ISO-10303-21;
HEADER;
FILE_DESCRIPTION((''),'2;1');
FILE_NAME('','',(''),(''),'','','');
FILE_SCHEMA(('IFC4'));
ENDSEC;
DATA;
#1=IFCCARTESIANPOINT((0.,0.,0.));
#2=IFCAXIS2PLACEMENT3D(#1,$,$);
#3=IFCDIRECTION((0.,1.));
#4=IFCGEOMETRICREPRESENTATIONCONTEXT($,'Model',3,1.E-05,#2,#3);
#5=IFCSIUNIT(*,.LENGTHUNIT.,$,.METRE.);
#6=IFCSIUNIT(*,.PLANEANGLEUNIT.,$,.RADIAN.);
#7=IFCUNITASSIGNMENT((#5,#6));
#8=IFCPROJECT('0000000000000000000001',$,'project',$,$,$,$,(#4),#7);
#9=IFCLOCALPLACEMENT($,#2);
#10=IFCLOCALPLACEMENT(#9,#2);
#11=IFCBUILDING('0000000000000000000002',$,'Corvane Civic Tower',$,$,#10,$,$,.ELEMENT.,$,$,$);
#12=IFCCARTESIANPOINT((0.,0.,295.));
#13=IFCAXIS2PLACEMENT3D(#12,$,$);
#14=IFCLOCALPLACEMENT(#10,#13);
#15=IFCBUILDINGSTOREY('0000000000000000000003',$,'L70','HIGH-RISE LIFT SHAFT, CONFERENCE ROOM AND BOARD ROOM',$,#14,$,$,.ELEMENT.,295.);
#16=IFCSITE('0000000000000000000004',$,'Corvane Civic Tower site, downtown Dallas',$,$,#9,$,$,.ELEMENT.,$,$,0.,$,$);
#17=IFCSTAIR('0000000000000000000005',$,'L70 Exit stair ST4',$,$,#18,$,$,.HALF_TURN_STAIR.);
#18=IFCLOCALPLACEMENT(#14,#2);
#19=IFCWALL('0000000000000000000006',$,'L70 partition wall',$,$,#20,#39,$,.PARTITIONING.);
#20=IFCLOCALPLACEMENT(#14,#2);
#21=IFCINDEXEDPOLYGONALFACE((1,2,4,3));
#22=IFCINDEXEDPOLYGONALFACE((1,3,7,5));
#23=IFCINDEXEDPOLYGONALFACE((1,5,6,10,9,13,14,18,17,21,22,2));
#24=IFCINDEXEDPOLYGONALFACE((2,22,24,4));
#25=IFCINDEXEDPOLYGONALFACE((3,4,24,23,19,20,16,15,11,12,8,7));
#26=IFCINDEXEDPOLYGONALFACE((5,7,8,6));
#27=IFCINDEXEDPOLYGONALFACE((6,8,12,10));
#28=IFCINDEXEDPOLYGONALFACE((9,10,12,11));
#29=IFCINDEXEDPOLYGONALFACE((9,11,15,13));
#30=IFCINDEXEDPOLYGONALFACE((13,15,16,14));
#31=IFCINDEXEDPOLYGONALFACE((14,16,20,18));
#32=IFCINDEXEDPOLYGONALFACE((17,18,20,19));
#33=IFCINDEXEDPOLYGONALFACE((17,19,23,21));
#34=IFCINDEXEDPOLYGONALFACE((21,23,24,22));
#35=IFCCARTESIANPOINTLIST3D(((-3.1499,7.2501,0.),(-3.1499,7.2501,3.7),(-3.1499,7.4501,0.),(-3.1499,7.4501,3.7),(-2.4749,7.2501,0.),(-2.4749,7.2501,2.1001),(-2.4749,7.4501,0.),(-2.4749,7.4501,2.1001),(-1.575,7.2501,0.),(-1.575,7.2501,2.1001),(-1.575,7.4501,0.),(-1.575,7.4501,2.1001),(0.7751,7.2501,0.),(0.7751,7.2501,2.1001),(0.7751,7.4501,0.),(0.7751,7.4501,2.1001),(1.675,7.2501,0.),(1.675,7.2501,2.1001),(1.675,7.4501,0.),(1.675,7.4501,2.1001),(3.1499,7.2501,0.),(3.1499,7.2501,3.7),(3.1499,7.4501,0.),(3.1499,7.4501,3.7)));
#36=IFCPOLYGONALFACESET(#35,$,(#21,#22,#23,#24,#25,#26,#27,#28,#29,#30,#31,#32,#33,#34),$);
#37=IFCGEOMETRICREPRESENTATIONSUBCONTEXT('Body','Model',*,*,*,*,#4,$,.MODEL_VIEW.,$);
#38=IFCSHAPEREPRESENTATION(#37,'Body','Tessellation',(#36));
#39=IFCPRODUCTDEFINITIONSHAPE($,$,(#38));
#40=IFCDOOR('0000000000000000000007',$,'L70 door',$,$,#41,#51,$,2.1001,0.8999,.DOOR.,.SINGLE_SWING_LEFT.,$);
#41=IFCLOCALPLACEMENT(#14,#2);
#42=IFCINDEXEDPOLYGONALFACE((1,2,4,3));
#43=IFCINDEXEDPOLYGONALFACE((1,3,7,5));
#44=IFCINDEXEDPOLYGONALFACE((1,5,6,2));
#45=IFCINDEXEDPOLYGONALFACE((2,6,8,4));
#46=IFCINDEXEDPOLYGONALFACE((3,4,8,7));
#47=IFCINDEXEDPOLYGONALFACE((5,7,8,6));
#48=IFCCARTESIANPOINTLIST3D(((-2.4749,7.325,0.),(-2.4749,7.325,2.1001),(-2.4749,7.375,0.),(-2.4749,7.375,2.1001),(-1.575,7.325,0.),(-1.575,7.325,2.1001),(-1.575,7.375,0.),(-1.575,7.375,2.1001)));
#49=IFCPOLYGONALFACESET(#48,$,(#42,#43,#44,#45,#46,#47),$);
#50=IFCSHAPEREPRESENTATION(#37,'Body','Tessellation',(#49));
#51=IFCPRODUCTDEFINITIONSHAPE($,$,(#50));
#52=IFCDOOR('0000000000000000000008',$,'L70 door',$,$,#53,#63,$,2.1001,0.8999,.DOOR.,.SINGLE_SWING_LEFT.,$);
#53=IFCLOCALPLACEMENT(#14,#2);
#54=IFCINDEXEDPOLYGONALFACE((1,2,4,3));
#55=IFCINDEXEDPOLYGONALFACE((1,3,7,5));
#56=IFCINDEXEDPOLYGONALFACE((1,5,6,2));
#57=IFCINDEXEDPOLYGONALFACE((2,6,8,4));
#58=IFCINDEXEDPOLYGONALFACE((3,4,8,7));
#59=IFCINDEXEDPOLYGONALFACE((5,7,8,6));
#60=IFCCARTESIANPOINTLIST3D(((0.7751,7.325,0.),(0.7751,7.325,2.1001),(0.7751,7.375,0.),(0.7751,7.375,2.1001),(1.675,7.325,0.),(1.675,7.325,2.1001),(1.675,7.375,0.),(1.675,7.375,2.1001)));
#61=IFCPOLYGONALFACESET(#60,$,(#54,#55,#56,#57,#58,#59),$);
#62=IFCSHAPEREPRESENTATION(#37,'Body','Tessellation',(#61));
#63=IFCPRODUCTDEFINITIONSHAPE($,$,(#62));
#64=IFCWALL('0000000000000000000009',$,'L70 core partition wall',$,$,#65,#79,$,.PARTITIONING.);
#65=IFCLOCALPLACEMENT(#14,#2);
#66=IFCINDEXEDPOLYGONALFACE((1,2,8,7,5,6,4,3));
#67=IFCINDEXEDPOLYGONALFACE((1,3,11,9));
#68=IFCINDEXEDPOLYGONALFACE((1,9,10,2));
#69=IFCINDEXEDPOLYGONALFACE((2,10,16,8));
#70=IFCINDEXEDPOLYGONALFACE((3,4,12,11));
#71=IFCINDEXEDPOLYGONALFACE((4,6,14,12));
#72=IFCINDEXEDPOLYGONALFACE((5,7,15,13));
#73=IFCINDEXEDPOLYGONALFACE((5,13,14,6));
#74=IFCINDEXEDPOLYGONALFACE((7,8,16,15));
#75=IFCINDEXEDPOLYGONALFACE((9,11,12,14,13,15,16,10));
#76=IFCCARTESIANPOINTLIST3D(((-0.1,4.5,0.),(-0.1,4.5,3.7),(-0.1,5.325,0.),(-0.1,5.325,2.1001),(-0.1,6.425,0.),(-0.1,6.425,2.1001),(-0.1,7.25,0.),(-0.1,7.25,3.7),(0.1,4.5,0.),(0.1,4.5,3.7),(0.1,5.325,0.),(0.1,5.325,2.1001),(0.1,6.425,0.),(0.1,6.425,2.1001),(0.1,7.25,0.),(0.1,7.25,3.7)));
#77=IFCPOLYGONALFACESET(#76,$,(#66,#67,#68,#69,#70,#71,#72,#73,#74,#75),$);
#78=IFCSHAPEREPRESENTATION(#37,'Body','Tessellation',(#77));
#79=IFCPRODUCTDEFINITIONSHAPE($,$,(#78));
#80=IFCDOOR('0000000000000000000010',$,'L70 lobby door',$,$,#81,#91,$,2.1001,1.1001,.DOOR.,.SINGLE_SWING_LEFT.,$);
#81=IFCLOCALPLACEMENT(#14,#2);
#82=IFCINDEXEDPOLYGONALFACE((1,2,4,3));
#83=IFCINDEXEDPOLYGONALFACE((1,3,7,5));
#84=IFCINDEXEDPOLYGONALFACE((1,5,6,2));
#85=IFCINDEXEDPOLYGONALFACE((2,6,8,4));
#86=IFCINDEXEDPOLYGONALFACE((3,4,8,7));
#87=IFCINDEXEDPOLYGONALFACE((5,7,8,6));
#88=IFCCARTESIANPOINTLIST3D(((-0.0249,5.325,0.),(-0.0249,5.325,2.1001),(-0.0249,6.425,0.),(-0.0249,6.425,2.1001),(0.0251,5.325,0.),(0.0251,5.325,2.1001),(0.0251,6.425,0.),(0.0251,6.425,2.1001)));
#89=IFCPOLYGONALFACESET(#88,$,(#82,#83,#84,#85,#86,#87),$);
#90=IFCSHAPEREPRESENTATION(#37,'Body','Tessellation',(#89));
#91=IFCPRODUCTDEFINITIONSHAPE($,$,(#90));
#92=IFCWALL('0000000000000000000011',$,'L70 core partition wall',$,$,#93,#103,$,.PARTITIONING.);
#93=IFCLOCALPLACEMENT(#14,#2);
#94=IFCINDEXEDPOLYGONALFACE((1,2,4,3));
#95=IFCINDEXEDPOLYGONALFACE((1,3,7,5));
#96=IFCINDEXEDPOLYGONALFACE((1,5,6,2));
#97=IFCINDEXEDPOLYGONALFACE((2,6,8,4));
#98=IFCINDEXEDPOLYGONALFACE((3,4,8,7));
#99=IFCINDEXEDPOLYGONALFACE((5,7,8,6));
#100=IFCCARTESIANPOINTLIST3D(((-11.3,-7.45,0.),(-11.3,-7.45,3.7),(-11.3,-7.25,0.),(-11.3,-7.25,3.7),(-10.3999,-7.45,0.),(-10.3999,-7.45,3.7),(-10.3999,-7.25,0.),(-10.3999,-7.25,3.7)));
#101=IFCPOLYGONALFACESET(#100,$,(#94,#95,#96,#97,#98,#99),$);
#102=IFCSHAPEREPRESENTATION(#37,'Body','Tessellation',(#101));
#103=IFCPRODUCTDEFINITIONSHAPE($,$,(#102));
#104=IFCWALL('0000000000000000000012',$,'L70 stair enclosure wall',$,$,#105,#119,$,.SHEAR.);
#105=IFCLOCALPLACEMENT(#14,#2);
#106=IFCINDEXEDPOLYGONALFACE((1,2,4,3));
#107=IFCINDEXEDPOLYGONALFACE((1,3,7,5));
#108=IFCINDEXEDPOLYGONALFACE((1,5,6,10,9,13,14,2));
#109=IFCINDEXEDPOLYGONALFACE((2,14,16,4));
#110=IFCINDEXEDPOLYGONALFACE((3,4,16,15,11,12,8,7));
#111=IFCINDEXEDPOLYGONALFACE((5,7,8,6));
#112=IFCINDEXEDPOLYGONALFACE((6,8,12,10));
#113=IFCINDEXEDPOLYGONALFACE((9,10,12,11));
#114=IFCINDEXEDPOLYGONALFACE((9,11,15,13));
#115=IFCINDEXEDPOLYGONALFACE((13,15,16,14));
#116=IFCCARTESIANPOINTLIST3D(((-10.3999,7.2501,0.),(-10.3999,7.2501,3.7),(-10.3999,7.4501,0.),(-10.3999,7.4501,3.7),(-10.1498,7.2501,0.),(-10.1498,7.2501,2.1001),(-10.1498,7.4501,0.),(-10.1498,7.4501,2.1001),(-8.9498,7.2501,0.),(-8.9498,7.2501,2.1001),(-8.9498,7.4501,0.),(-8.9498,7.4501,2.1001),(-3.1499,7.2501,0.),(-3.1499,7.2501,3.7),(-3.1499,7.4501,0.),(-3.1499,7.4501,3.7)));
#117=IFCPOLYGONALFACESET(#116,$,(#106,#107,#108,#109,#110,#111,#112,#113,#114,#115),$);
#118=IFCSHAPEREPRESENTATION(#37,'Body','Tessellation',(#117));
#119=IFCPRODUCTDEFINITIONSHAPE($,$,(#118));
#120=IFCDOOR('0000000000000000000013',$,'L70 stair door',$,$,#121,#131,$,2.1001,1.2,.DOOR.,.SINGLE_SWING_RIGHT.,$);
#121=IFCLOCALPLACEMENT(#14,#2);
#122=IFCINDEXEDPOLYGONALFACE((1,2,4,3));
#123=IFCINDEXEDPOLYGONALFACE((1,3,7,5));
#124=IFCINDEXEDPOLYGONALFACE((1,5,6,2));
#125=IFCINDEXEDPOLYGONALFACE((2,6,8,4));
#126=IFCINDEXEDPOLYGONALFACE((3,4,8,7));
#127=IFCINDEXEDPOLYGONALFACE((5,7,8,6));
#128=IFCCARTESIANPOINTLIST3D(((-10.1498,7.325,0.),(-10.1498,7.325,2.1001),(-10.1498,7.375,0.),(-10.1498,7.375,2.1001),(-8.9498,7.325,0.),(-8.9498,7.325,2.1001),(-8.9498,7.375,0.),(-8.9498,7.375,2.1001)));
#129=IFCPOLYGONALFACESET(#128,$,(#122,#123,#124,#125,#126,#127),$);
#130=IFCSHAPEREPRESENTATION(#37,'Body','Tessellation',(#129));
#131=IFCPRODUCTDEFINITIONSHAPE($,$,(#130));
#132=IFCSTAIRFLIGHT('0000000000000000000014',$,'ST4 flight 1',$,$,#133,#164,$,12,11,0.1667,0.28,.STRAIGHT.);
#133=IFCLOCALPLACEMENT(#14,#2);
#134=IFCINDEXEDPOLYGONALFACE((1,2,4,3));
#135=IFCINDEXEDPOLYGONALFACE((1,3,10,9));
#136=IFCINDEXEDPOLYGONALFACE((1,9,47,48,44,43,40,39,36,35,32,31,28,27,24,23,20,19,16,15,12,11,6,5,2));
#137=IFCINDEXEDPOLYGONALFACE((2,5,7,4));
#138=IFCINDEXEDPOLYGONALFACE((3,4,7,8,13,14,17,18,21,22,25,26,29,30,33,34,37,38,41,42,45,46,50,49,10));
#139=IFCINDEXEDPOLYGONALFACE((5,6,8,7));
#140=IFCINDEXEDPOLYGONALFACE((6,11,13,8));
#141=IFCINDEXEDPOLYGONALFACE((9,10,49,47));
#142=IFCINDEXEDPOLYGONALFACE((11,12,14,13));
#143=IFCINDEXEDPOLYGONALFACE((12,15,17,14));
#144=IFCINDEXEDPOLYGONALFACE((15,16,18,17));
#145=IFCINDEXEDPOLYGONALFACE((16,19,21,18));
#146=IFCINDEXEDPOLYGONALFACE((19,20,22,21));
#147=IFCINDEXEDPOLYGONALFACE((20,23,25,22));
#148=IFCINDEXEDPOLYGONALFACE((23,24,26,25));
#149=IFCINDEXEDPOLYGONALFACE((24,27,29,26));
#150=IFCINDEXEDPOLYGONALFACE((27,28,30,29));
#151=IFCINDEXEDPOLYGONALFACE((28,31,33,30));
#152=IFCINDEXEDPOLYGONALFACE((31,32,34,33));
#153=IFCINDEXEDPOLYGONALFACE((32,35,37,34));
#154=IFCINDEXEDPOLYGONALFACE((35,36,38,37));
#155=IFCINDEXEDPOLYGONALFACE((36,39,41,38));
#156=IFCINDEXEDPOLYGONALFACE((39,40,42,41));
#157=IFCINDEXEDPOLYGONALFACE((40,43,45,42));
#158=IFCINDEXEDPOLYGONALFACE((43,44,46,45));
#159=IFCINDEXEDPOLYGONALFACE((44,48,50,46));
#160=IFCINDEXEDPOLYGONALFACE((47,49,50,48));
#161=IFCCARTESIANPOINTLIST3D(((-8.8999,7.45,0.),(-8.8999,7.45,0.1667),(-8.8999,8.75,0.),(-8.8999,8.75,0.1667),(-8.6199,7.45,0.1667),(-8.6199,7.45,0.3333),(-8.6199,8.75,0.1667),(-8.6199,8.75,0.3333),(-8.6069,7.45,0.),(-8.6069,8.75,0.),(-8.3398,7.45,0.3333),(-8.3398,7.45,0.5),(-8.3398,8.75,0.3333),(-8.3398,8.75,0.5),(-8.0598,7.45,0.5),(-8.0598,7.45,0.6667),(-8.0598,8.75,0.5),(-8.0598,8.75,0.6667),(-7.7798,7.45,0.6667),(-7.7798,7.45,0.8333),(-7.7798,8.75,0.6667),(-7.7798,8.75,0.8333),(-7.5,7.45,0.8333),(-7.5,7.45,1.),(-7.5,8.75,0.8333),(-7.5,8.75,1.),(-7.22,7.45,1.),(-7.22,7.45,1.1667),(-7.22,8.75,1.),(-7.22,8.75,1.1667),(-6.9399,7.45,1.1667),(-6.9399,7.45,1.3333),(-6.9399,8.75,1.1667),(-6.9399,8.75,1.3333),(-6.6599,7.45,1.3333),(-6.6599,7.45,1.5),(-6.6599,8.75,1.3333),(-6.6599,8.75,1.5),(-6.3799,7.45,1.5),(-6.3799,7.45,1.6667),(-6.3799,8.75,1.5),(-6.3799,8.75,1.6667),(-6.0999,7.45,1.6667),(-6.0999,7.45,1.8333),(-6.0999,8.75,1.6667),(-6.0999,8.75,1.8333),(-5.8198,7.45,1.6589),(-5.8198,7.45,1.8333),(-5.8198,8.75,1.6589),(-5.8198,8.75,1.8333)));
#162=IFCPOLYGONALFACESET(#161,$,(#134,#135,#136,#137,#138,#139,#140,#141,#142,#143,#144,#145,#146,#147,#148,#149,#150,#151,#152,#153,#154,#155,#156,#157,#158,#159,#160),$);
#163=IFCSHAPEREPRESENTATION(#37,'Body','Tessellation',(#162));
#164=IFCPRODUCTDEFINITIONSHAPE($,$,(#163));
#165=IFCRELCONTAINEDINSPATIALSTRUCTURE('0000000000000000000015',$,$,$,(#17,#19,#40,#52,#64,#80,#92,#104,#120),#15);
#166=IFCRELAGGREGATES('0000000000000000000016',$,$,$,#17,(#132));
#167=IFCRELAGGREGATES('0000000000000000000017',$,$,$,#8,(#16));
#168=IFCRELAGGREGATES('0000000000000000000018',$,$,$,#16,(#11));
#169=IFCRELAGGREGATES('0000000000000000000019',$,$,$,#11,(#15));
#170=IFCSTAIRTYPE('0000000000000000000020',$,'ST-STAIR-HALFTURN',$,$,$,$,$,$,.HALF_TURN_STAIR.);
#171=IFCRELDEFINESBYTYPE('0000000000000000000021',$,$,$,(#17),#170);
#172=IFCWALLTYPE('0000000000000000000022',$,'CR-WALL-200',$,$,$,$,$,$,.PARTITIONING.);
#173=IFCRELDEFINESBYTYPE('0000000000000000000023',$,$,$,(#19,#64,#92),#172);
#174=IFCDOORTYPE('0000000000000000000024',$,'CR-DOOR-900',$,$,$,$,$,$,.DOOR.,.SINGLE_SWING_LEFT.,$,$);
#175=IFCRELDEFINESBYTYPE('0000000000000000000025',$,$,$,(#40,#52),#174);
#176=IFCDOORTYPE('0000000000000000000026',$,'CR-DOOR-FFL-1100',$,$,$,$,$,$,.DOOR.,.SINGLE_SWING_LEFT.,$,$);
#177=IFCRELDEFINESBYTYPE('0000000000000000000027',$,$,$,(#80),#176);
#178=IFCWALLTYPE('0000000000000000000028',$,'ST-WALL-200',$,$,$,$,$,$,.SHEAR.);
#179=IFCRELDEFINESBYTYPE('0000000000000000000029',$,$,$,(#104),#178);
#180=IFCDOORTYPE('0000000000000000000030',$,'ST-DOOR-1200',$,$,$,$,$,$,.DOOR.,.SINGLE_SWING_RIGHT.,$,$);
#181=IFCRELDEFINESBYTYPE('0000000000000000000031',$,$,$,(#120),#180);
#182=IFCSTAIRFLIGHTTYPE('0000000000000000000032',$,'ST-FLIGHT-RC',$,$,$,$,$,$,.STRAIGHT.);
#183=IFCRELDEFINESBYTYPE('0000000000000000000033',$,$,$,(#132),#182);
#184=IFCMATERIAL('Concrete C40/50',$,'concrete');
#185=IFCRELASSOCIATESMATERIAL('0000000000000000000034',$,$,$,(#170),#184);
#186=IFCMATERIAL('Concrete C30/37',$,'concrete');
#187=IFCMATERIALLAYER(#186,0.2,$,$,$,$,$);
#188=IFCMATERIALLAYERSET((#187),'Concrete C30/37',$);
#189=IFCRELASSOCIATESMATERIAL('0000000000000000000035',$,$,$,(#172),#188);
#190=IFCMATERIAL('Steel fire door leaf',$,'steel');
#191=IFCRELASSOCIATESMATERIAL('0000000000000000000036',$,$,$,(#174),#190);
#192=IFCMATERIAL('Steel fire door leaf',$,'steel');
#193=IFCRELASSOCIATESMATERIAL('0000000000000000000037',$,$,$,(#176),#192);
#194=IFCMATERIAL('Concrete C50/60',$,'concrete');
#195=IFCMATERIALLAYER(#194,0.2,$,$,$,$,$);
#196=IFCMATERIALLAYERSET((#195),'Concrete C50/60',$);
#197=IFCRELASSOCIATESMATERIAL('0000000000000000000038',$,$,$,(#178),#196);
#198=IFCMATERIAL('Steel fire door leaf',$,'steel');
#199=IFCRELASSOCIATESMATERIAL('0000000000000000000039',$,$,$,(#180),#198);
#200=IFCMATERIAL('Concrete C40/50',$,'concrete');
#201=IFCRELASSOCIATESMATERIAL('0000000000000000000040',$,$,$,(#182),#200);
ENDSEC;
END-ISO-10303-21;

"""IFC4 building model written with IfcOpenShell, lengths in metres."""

from ifc_helpers import new_model, si_unit, direction, frame, frame_2d, origin, place, context, subcontext, project, spatial, polyline, rectangle, outline, extrude, material, layer, layer_set, type_object, element, fill, aggregate, save


model = new_model("IFC4")

# Units and contexts
model_context = context("Model", 3, precision=1e-05, world=origin(), true_north=direction((0.0, 1.0)))
body_context = subcontext(model_context, "Body", "Model", "MODEL_VIEW")
ifc_project = project(units=[si_unit("LENGTHUNIT", "METRE"), si_unit("PLANEANGLEUNIT", "RADIAN")], contexts=[model_context])

# Site, building, storey
site_placement = place(None, origin())
site = spatial("IfcSite", under=ifc_project, at=site_placement, Name="Corvane Civic Tower site, downtown Dallas", CompositionType="ELEMENT", RefElevation=0.0)
building_placement = place(site_placement, origin())
building = spatial("IfcBuilding", under=site, at=building_placement, Name="Corvane Civic Tower", CompositionType="ELEMENT")
storey_placement = place(building_placement, frame((0.0, 0.0, 295.0)))
storey = spatial("IfcBuildingStorey", under=building, at=storey_placement, Name="L70", Description="HIGH-RISE LIFT SHAFT, CONFERENCE ROOM AND BOARD ROOM", CompositionType="ELEMENT", Elevation=295.0)

# Stair
ifc_material_1 = material(Name="Concrete C40/50", Category="concrete")
stair_type = type_object("IfcStairType", Name="ST-STAIR-HALFTURN", PredefinedType="HALF_TURN_STAIR", material=ifc_material_1)
stair_1_placement = place(storey_placement, origin())
stair_1 = element("IfcStair", 1, at=stair_1_placement, inside=storey, type_object=stair_type, Name="L70 Exit stair ST4", PredefinedType="HALF_TURN_STAIR")

# Wall, openings, doors
ifc_material_2 = material(Name="Concrete C30/37", Category="concrete")
ifc_layer_1 = layer(ifc_material_2, 0.2)
ifc_layer_set_1 = layer_set([ifc_layer_1], Name="Concrete C30/37")
wall_type_1 = type_object("IfcWallType", Name="CR-WALL-200", PredefinedType="PARTITIONING", material=ifc_layer_set_1)
ifc_material_3 = material(Name="Steel fire door leaf", Category="steel")
door_type_1 = type_object("IfcDoorType", Name="CR-DOOR-900", OperationType="SINGLE_SWING_LEFT", PredefinedType="DOOR", material=ifc_material_3)
wall_1_placement = place(storey_placement, frame((-3.1499, 7.3501, 0.0), z_axis=(0.0, 0.0, 1.0), x_axis=(1.0, 0.0, 0.0)))
wall_1 = element("IfcWall", 2, at=wall_1_placement, inside=storey, type_object=wall_type_1, Name="L70 partition wall", PredefinedType="PARTITIONING", context=body_context, shape_type="SweptSolid", body=[
    extrude(rectangle(XDim=6.2998, YDim=0.2, at=frame_2d((3.1499, 0.0))), origin(), (0.0, 0.0, 1.0), 3.7),
])
opening_1_placement = place(wall_1_placement, frame((0.675, 0.0, 0.0)))
opening_1 = element("IfcOpeningElement", 3, at=opening_1_placement, cuts=wall_1, PredefinedType="OPENING", context=body_context, shape_type="SweptSolid", body=[
    extrude(rectangle(XDim=0.8999, YDim=2.1001, at=frame_2d((0.45, 1.05))), frame((0.0, 0.1099, 0.0), z_axis=(0.0, -1.0, 0.0), x_axis=(1.0, 0.0, 0.0)), (0.0, 0.0, 1.0), 0.22),
])
opening_2_placement = place(wall_1_placement, frame((3.925, 0.0, 0.0)))
opening_2 = element("IfcOpeningElement", 4, at=opening_2_placement, cuts=wall_1, PredefinedType="OPENING", context=body_context, shape_type="SweptSolid", body=[
    extrude(rectangle(XDim=0.8999, YDim=2.1001, at=frame_2d((0.45, 1.05))), frame((0.0, 0.1099, 0.0), z_axis=(0.0, -1.0, 0.0), x_axis=(1.0, 0.0, 0.0)), (0.0, 0.0, 1.0), 0.22),
])
door_1_placement = place(opening_1_placement, origin())
door_1 = element("IfcDoor", 5, at=door_1_placement, inside=storey, type_object=door_type_1, Name="L70 door", OperationType="SINGLE_SWING_LEFT", OverallHeight=2.1001, OverallWidth=0.8999, PredefinedType="DOOR", context=body_context, shape_type="SweptSolid", body=[
    extrude(rectangle(XDim=0.8999, YDim=2.1001, at=frame_2d((0.45, 1.05))), frame((0.0, 0.0249, 0.0), z_axis=(0.0, -1.0, 0.0), x_axis=(1.0, 0.0, 0.0)), (0.0, 0.0, 1.0), 0.05),
])
fill(opening_1, door_1)
door_2_placement = place(opening_2_placement, origin())
door_2 = element("IfcDoor", 6, at=door_2_placement, inside=storey, type_object=door_type_1, Name="L70 door", OperationType="SINGLE_SWING_LEFT", OverallHeight=2.1001, OverallWidth=0.8999, PredefinedType="DOOR", context=body_context, shape_type="SweptSolid", body=[
    extrude(rectangle(XDim=0.8999, YDim=2.1001, at=frame_2d((0.45, 1.05))), frame((0.0, 0.0249, 0.0), z_axis=(0.0, -1.0, 0.0), x_axis=(1.0, 0.0, 0.0)), (0.0, 0.0, 1.0), 0.05),
])
fill(opening_2, door_2)

# Wall, opening, door
wall_2_placement = place(storey_placement, frame((0.0, 4.5, 0.0), z_axis=(0.0, 0.0, 1.0), x_axis=(0.0, 1.0, 0.0)))
wall_2 = element("IfcWall", 7, at=wall_2_placement, inside=storey, type_object=wall_type_1, Name="L70 core partition wall", PredefinedType="PARTITIONING", context=body_context, shape_type="SweptSolid", body=[
    extrude(rectangle(XDim=2.75, YDim=0.2, at=frame_2d((1.375, 0.0))), origin(), (0.0, 0.0, 1.0), 3.7),
])
opening_3_placement = place(wall_2_placement, frame((0.825, 0.0, 0.0)))
opening_3 = element("IfcOpeningElement", 8, at=opening_3_placement, cuts=wall_2, PredefinedType="OPENING", context=body_context, shape_type="SweptSolid", body=[
    extrude(rectangle(XDim=1.1001, YDim=2.1001, at=frame_2d((0.55, 1.05))), frame((0.0, 0.1099, 0.0), z_axis=(0.0, -1.0, 0.0), x_axis=(1.0, 0.0, 0.0)), (0.0, 0.0, 1.0), 0.22),
])
ifc_material_4 = material(Name="Steel fire door leaf", Category="steel")
door_type_2 = type_object("IfcDoorType", Name="CR-DOOR-FFL-1100", OperationType="SINGLE_SWING_LEFT", PredefinedType="DOOR", material=ifc_material_4)
door_3_placement = place(opening_3_placement, origin())
door_3 = element("IfcDoor", 9, at=door_3_placement, inside=storey, type_object=door_type_2, Name="L70 lobby door", OperationType="SINGLE_SWING_LEFT", OverallHeight=2.1001, OverallWidth=1.1001, PredefinedType="DOOR", context=body_context, shape_type="SweptSolid", body=[
    extrude(rectangle(XDim=1.1001, YDim=2.1001, at=frame_2d((0.55, 1.05))), frame((0.0, 0.0249, 0.0), z_axis=(0.0, -1.0, 0.0), x_axis=(1.0, 0.0, 0.0)), (0.0, 0.0, 1.0), 0.05),
])
fill(opening_3, door_3)

# Wall
wall_3_placement = place(storey_placement, origin())
element("IfcWall", 10, at=wall_3_placement, inside=storey, type_object=wall_type_1, Name="L70 core partition wall", PredefinedType="PARTITIONING", context=body_context, shape_type="SweptSolid", body=[
    extrude(outline(polyline([(-10.3999, -7.45), (-11.3, -7.45), (-11.3, -7.25), (-10.3999, -7.25), (-10.3999, -7.45)])), origin(), (0.0, 0.0, 1.0), 3.7),
])

# Wall, opening, door
ifc_material_5 = material(Name="Concrete C50/60", Category="concrete")
ifc_layer_2 = layer(ifc_material_5, 0.2)
ifc_layer_set_2 = layer_set([ifc_layer_2], Name="Concrete C50/60")
wall_type_2 = type_object("IfcWallType", Name="ST-WALL-200", PredefinedType="SHEAR", material=ifc_layer_set_2)
wall_4_placement = place(storey_placement, frame((-10.3999, 7.3501, 0.0), z_axis=(0.0, 0.0, 1.0), x_axis=(1.0, 0.0, 0.0)))
wall_4 = element("IfcWall", 11, at=wall_4_placement, inside=storey, type_object=wall_type_2, Name="L70 stair enclosure wall", PredefinedType="SHEAR", context=body_context, shape_type="SweptSolid", body=[
    extrude(rectangle(XDim=7.25, YDim=0.2, at=frame_2d((3.625, 0.0))), origin(), (0.0, 0.0, 1.0), 3.7),
])
opening_4_placement = place(wall_4_placement, frame((0.25, 0.0, 0.0)))
opening_4 = element("IfcOpeningElement", 12, at=opening_4_placement, cuts=wall_4, PredefinedType="OPENING", context=body_context, shape_type="SweptSolid", body=[
    extrude(rectangle(XDim=1.2, YDim=2.1001, at=frame_2d((0.6001, 1.05))), frame((0.0, 0.1099, 0.0), z_axis=(0.0, -1.0, 0.0), x_axis=(1.0, 0.0, 0.0)), (0.0, 0.0, 1.0), 0.22),
])
ifc_material_6 = material(Name="Steel fire door leaf", Category="steel")
door_type_3 = type_object("IfcDoorType", Name="ST-DOOR-1200", OperationType="SINGLE_SWING_RIGHT", PredefinedType="DOOR", material=ifc_material_6)
door_4_placement = place(opening_4_placement, origin())
door_4 = element("IfcDoor", 13, at=door_4_placement, inside=storey, type_object=door_type_3, Name="L70 stair door", OperationType="SINGLE_SWING_RIGHT", OverallHeight=2.1001, OverallWidth=1.2, PredefinedType="DOOR", context=body_context, shape_type="SweptSolid", body=[
    extrude(rectangle(XDim=1.2, YDim=2.1001, at=frame_2d((0.6001, 1.05))), frame((0.0, 0.0249, 0.0), z_axis=(0.0, -1.0, 0.0), x_axis=(1.0, 0.0, 0.0)), (0.0, 0.0, 1.0), 0.05),
])
fill(opening_4, door_4)

# Stair flight
ifc_material_7 = material(Name="Concrete C40/50", Category="concrete")
stair_flight_type = type_object("IfcStairFlightType", Name="ST-FLIGHT-RC", PredefinedType="STRAIGHT", material=ifc_material_7)
stair_flight_1_placement = place(storey_placement, frame((-8.8999, 8.1001, 0.0), z_axis=(0.0, 0.0, 1.0), x_axis=(1.0, 0.0, 0.0)))
stair_flight_1 = element("IfcStairFlight", 14, at=stair_flight_1_placement, type_object=stair_flight_type, Name="ST4 flight 1", NumberOfRisers=12, NumberOfTreads=11, PredefinedType="STRAIGHT", RiserHeight=0.1667, TreadLength=0.28, context=body_context, shape_type="SweptSolid", body=[
    extrude(outline(polyline([(0.0, 0.0), (0.0, 0.1667), (0.28, 0.1667), (0.28, 0.3333), (0.5601, 0.3333), (0.5601, 0.5), (0.8401, 0.5), (0.8401, 0.6667), (1.1201, 0.6667), (1.1201, 0.8333), (1.3999, 0.8333), (1.3999, 1.0), (1.6799, 1.0), (1.6799, 1.1667), (1.96, 1.1667), (1.96, 1.3333), (2.24, 1.3333), (2.24, 1.5), (2.52, 1.5), (2.52, 1.6667), (2.8, 1.6667), (2.8, 1.8333), (3.0801, 1.8333), (3.0801, 2.0), (3.0801, 1.6589), (0.293, 0.0), (0.0, 0.0)])), frame((0.0, 0.6499, 0.0), z_axis=(0.0, -1.0, 0.0), x_axis=(1.0, 0.0, 0.0)), (0.0, 0.0, 1.0), 1.3),
])
aggregate(stair_1, [stair_flight_1])

save(model, "model.ifc")
